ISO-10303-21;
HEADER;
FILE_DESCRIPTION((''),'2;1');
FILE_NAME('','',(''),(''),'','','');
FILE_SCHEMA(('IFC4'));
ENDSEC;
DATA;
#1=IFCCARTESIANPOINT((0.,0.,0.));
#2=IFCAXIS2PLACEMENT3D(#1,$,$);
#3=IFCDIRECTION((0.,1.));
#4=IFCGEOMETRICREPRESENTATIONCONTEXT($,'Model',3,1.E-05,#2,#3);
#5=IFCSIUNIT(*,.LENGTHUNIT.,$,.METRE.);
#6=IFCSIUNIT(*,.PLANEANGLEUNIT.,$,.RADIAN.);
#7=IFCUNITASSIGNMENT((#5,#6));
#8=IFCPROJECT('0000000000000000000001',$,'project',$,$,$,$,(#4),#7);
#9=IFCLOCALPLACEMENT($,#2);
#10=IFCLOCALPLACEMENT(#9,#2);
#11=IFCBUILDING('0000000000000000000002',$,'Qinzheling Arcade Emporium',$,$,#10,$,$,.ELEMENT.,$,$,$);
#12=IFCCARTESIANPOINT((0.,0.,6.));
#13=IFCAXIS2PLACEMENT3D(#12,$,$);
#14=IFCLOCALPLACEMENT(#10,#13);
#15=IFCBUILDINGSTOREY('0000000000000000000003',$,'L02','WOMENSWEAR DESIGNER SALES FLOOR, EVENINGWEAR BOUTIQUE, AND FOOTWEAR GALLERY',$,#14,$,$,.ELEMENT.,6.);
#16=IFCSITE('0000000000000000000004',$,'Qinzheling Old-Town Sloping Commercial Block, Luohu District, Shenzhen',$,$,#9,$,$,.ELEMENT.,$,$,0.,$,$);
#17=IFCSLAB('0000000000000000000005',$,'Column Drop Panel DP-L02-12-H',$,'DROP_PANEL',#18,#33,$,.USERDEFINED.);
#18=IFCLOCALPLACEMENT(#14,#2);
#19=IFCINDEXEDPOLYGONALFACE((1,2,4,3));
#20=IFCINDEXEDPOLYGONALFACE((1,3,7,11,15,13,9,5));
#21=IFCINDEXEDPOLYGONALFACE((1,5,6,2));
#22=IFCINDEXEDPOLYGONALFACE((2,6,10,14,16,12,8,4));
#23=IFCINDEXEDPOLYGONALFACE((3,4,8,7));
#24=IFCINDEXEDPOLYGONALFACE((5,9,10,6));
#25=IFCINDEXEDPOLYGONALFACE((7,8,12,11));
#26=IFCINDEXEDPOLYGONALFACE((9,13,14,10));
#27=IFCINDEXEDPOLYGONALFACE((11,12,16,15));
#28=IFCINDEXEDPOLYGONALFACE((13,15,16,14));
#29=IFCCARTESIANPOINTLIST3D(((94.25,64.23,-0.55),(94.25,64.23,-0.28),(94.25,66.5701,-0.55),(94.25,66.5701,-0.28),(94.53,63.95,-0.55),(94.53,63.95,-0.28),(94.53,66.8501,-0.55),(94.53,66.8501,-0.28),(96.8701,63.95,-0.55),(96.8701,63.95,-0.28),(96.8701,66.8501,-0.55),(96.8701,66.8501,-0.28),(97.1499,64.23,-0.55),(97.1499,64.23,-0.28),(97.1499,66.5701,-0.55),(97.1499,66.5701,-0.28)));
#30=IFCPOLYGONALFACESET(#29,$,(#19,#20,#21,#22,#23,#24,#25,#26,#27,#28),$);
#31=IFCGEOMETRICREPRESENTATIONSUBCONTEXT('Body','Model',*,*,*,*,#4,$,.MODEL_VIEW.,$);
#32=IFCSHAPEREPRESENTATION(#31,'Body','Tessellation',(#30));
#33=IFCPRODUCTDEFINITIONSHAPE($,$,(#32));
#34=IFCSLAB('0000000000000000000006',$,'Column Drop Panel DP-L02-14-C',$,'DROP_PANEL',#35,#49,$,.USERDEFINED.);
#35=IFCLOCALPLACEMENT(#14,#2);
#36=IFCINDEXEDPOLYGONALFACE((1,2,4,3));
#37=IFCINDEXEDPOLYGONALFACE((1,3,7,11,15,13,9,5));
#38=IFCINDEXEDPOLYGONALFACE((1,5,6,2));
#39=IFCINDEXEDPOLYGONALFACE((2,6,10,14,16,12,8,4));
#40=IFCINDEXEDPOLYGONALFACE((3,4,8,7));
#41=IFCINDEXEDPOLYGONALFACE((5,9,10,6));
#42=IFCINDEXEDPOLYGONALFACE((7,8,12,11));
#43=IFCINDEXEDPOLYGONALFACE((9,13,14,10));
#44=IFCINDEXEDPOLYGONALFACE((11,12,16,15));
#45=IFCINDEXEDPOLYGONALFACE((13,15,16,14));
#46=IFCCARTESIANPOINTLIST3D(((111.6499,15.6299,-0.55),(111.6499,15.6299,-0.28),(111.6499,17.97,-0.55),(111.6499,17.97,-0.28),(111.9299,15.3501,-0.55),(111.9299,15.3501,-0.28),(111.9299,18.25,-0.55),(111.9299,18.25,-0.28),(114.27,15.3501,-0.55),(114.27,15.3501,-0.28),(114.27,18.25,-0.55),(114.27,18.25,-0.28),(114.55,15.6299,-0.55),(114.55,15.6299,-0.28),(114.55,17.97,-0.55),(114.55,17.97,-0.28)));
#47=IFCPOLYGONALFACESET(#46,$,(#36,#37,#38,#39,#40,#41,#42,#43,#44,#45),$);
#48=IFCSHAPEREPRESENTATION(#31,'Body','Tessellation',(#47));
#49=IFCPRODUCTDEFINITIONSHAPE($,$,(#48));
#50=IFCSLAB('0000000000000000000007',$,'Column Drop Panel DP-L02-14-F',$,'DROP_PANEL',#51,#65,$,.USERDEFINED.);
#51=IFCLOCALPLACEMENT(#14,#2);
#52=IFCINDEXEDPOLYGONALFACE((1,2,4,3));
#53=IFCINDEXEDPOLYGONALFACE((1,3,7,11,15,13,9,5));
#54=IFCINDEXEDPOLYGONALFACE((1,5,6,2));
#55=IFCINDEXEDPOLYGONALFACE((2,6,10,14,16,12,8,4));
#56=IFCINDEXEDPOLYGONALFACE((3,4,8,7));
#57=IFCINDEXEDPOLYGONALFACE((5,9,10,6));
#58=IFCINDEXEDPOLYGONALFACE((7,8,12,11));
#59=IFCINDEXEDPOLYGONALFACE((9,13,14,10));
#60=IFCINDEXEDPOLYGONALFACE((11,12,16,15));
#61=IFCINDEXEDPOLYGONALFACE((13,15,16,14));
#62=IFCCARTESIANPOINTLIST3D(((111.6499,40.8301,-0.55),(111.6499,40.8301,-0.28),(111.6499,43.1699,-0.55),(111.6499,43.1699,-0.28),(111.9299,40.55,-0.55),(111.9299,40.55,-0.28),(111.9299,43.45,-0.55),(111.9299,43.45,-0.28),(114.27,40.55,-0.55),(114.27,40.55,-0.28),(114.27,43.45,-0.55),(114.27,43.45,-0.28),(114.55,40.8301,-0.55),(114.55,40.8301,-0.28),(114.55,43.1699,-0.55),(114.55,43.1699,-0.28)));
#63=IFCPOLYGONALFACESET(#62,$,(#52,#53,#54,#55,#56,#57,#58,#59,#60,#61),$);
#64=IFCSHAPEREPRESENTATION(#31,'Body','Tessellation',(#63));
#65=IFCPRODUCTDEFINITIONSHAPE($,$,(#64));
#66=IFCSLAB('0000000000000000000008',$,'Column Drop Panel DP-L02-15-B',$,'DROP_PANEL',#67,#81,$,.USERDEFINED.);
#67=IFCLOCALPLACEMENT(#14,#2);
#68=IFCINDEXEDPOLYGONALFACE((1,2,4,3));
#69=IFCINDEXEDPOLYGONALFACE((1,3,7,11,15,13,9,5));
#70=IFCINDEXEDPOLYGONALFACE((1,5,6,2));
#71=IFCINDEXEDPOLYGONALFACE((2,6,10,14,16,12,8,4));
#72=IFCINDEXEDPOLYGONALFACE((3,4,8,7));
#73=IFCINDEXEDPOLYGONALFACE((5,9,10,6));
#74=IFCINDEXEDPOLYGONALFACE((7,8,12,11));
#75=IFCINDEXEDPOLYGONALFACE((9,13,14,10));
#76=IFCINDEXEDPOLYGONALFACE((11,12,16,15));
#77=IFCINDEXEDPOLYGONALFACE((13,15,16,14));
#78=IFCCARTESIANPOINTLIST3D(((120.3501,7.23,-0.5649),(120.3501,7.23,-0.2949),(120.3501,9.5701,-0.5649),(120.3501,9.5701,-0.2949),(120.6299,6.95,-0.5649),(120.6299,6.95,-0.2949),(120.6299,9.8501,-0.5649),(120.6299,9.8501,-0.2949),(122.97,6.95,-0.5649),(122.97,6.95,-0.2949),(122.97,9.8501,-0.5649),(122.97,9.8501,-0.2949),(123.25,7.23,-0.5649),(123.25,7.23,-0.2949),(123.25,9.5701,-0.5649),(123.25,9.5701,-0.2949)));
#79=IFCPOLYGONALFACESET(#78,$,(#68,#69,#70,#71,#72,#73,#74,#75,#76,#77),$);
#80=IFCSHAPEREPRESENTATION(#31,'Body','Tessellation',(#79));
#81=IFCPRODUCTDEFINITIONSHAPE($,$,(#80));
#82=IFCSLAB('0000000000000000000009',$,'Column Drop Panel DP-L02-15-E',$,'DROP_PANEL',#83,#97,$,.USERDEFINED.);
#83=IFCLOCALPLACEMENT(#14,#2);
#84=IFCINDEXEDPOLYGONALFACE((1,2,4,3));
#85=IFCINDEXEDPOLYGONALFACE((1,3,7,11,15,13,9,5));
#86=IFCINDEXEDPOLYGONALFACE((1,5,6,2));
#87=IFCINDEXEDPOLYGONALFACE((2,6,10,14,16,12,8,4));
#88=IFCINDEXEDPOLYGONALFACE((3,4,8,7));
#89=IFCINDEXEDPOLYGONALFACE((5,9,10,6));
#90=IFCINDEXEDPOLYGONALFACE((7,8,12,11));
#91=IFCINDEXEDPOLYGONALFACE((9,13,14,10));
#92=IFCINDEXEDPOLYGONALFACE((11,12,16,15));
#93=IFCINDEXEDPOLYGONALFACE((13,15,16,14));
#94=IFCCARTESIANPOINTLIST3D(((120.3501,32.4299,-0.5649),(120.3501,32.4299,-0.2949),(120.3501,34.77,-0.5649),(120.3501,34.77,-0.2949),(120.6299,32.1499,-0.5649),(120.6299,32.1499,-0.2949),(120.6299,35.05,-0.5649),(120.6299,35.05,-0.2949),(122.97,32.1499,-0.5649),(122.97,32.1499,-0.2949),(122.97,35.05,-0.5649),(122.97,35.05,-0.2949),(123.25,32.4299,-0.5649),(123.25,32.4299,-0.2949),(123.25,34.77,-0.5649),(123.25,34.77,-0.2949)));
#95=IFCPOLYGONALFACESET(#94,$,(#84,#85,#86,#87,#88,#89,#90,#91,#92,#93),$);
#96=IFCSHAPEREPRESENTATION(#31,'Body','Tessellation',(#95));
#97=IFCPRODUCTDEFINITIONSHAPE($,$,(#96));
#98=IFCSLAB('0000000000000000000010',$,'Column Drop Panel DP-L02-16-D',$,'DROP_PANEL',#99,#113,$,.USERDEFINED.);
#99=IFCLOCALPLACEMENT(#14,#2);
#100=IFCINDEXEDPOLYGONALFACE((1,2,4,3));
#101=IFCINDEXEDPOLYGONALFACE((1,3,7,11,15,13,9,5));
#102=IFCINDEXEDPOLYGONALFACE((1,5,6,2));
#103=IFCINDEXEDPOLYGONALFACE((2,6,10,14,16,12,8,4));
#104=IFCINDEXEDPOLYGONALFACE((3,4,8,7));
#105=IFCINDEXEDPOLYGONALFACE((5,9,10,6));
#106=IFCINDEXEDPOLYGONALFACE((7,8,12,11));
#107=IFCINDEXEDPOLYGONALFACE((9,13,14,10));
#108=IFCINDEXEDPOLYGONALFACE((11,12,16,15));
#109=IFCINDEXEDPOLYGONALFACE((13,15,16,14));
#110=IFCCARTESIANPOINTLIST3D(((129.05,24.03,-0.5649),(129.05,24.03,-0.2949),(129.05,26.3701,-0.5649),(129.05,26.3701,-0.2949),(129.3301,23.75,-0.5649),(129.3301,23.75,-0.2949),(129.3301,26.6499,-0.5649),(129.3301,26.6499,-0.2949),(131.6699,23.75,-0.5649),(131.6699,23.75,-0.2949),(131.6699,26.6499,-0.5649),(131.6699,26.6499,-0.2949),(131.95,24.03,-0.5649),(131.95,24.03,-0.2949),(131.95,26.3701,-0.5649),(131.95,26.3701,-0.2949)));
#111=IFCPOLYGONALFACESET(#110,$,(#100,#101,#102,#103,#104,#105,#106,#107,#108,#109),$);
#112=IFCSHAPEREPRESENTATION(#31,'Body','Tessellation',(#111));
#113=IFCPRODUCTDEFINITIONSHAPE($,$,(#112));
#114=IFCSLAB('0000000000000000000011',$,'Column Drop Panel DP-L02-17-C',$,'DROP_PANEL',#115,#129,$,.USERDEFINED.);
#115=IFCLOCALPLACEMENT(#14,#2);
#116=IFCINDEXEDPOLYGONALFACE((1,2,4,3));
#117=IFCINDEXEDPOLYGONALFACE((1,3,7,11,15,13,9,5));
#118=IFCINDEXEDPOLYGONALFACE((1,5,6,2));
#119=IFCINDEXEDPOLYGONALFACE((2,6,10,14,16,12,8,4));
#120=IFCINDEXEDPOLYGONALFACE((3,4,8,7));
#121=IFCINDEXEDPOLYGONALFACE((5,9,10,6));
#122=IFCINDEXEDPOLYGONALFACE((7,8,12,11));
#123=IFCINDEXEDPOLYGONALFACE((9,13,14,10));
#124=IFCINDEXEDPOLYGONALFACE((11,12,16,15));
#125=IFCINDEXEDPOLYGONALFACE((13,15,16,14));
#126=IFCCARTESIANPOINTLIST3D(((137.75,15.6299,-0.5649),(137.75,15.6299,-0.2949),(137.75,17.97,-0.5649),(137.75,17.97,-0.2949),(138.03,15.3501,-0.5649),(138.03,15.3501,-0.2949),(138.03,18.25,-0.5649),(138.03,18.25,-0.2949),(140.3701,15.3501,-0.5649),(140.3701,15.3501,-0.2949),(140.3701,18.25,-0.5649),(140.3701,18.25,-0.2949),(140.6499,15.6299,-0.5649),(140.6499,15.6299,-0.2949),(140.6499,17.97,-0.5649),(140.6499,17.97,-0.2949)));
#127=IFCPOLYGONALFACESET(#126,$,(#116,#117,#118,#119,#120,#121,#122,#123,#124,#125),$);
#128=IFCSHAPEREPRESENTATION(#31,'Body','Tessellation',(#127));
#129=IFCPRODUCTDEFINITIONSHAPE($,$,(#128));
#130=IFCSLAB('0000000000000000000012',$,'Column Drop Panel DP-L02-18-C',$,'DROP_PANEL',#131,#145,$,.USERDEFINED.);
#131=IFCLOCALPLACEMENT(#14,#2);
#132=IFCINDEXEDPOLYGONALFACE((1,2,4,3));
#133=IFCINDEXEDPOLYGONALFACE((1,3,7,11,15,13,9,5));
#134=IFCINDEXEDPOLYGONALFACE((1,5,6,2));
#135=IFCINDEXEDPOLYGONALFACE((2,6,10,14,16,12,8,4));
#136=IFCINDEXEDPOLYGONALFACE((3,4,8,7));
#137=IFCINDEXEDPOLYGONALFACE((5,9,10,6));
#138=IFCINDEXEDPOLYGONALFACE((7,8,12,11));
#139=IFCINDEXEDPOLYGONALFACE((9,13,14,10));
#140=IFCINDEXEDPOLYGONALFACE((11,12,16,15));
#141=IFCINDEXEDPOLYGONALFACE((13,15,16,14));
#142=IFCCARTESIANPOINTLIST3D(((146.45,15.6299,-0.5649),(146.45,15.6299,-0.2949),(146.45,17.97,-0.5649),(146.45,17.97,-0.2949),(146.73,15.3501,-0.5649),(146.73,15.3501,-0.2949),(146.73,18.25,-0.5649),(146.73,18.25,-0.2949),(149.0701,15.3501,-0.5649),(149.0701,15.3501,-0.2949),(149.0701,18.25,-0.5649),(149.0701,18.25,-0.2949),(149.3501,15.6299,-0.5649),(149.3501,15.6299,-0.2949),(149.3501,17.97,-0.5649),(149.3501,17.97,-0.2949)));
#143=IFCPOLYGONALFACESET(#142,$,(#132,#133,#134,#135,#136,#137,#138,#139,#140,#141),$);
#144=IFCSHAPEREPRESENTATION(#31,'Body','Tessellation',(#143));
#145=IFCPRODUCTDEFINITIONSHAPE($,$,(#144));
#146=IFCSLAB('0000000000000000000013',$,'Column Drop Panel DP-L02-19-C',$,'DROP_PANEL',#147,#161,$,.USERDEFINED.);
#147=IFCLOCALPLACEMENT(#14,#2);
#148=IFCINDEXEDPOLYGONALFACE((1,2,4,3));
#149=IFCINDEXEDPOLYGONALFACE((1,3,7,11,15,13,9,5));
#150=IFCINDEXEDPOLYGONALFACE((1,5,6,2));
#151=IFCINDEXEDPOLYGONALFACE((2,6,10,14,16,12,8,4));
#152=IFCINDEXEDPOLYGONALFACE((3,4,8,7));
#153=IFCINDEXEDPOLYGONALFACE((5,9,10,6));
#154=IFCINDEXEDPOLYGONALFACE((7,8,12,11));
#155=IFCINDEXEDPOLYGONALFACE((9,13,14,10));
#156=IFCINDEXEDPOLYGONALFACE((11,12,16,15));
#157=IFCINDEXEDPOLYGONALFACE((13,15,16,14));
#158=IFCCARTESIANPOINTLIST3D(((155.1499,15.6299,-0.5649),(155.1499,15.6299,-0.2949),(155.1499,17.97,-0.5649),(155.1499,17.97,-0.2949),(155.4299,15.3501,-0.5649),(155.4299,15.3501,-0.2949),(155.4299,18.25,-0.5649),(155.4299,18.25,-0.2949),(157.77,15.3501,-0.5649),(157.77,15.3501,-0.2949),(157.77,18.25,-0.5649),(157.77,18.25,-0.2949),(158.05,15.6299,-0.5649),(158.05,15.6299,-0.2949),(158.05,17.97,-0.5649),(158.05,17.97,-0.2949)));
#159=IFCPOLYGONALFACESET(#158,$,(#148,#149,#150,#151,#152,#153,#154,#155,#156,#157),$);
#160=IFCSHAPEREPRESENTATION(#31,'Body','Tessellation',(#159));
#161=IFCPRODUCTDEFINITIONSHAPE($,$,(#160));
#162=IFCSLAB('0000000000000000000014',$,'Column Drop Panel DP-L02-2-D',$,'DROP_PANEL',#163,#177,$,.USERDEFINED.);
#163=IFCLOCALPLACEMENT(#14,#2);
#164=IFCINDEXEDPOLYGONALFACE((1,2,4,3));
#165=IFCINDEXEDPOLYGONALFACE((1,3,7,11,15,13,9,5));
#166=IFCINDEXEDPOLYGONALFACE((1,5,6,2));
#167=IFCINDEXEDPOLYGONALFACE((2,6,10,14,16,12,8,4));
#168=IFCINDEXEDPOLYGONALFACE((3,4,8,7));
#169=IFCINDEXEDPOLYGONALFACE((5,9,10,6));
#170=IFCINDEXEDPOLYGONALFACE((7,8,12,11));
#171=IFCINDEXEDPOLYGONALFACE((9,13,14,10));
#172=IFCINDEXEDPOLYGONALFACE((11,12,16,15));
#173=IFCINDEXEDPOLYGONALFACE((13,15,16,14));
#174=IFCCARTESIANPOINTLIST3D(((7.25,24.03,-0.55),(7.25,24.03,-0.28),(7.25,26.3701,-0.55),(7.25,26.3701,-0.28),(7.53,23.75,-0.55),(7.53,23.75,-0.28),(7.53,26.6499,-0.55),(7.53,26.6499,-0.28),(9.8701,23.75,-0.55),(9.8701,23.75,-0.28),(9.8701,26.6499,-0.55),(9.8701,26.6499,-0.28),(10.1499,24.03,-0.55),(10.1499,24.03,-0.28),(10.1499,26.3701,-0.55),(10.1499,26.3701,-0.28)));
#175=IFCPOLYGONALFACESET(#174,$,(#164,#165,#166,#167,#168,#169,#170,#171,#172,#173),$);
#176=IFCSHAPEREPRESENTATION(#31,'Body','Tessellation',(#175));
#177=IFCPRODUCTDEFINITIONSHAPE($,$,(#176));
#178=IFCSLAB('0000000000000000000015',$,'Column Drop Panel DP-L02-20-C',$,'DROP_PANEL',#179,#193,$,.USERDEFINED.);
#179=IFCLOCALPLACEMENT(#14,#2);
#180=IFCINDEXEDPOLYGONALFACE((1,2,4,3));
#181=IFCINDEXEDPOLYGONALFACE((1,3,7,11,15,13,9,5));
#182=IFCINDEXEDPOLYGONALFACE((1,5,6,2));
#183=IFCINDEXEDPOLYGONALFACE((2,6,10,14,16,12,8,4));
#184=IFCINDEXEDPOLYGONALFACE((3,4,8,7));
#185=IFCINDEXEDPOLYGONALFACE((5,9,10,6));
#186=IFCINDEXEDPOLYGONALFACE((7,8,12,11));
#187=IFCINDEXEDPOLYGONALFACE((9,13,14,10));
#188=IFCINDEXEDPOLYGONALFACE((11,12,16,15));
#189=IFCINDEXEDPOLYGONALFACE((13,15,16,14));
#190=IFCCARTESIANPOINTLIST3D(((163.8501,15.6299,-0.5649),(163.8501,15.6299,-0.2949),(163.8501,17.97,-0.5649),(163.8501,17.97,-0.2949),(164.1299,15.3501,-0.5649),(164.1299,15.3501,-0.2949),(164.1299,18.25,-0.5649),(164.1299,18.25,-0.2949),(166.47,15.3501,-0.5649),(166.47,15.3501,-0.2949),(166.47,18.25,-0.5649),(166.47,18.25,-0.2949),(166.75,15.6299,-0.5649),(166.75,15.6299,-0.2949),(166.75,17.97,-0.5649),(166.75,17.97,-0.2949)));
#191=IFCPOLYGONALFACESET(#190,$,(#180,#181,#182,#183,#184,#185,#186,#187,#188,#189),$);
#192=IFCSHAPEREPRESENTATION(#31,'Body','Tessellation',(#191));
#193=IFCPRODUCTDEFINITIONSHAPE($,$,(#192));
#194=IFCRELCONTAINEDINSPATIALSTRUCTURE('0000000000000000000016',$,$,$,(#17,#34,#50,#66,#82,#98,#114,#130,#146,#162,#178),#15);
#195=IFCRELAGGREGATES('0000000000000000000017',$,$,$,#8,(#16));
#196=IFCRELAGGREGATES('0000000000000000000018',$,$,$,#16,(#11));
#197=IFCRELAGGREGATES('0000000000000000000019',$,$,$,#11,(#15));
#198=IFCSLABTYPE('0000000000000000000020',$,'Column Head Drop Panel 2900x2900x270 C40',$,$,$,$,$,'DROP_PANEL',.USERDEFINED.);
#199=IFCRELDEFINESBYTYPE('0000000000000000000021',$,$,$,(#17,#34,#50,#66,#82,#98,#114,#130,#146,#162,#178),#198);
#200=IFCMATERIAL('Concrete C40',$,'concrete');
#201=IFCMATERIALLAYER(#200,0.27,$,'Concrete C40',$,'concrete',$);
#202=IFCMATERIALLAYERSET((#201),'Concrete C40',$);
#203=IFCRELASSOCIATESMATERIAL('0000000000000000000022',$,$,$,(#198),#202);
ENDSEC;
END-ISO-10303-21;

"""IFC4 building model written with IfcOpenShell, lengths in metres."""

from ifc_helpers import new_model, si_unit, direction, frame, origin, place, context, subcontext, project, spatial, polyline, outline, extrude, material, layer, layer_set, type_object, element, save


model = new_model("IFC4")

# Units and contexts
model_context = context("Model", 3, precision=1e-05, world=origin(), true_north=direction((0.0, 1.0)))
body_context = subcontext(model_context, "Body", "Model", "MODEL_VIEW")
ifc_project = project(units=[si_unit("LENGTHUNIT", "METRE"), si_unit("PLANEANGLEUNIT", "RADIAN")], contexts=[model_context])

# Site, building, storey
site_placement = place(None, origin())
site = spatial("IfcSite", under=ifc_project, at=site_placement, Name="Qinzheling Old-Town Sloping Commercial Block, Luohu District, Shenzhen", CompositionType="ELEMENT", RefElevation=0.0)
building_placement = place(site_placement, origin())
building = spatial("IfcBuilding", under=site, at=building_placement, Name="Qinzheling Arcade Emporium", CompositionType="ELEMENT")
storey_placement = place(building_placement, frame((0.0, 0.0, 6.0)))
storey = spatial("IfcBuildingStorey", under=building, at=storey_placement, Name="L02", Description="WOMENSWEAR DESIGNER SALES FLOOR, EVENINGWEAR BOUTIQUE, AND FOOTWEAR GALLERY", CompositionType="ELEMENT", Elevation=6.0)

# Slabs
ifc_material = material(Name="Concrete C40", Category="concrete")
ifc_layer_1 = layer(ifc_material, 0.27, Name="Concrete C40", Category="concrete")
ifc_layer_set_1 = layer_set([ifc_layer_1], Name="Concrete C40")
slab_type_1 = type_object("IfcSlabType", Name="Column Head Drop Panel 2900x2900x270 C40", ElementType="DROP_PANEL", PredefinedType="USERDEFINED", material=ifc_layer_set_1)
slab_1_placement = place(storey_placement, frame((0.0, 0.0, -0.55)))
element("IfcSlab", 1, at=slab_1_placement, inside=storey, type_object=slab_type_1, Name="Column Drop Panel DP-L02-12-H", ObjectType="DROP_PANEL", PredefinedType="USERDEFINED", context=body_context, shape_type="SweptSolid", body=[
    extrude(outline(polyline([(94.53, 63.95), (96.8701, 63.95), (97.1499, 64.23), (97.1499, 66.5701), (96.8701, 66.8501), (94.53, 66.8501), (94.25, 66.5701), (94.25, 64.23), (94.53, 63.95)])), origin(), (0.0, 0.0, 1.0), 0.27),
])
slab_2_placement = place(storey_placement, frame((0.0, 0.0, -0.55)))
element("IfcSlab", 2, at=slab_2_placement, inside=storey, type_object=slab_type_1, Name="Column Drop Panel DP-L02-14-C", ObjectType="DROP_PANEL", PredefinedType="USERDEFINED", context=body_context, shape_type="SweptSolid", body=[
    extrude(outline(polyline([(111.9299, 15.3501), (114.27, 15.3501), (114.55, 15.6299), (114.55, 17.97), (114.27, 18.25), (111.9299, 18.25), (111.6499, 17.97), (111.6499, 15.6299), (111.9299, 15.3501)])), origin(), (0.0, 0.0, 1.0), 0.27),
])
slab_3_placement = place(storey_placement, frame((0.0, 0.0, -0.55)))
element("IfcSlab", 3, at=slab_3_placement, inside=storey, type_object=slab_type_1, Name="Column Drop Panel DP-L02-14-F", ObjectType="DROP_PANEL", PredefinedType="USERDEFINED", context=body_context, shape_type="SweptSolid", body=[
    extrude(outline(polyline([(111.9299, 40.55), (114.27, 40.55), (114.55, 40.8301), (114.55, 43.1699), (114.27, 43.45), (111.9299, 43.45), (111.6499, 43.1699), (111.6499, 40.8301), (111.9299, 40.55)])), origin(), (0.0, 0.0, 1.0), 0.27),
])
slab_4_placement = place(storey_placement, frame((0.0, 0.0, -0.5649)))
element("IfcSlab", 4, at=slab_4_placement, inside=storey, type_object=slab_type_1, Name="Column Drop Panel DP-L02-15-B", ObjectType="DROP_PANEL", PredefinedType="USERDEFINED", context=body_context, shape_type="SweptSolid", body=[
    extrude(outline(polyline([(120.6299, 6.95), (122.97, 6.95), (123.25, 7.23), (123.25, 9.5701), (122.97, 9.8501), (120.6299, 9.8501), (120.3501, 9.5701), (120.3501, 7.23), (120.6299, 6.95)])), origin(), (0.0, 0.0, 1.0), 0.27),
])
slab_5_placement = place(storey_placement, frame((0.0, 0.0, -0.5649)))
element("IfcSlab", 5, at=slab_5_placement, inside=storey, type_object=slab_type_1, Name="Column Drop Panel DP-L02-15-E", ObjectType="DROP_PANEL", PredefinedType="USERDEFINED", context=body_context, shape_type="SweptSolid", body=[
    extrude(outline(polyline([(120.6299, 32.1499), (122.97, 32.1499), (123.25, 32.4299), (123.25, 34.77), (122.97, 35.05), (120.6299, 35.05), (120.3501, 34.77), (120.3501, 32.4299), (120.6299, 32.1499)])), origin(), (0.0, 0.0, 1.0), 0.27),
])
slab_6_placement = place(storey_placement, frame((0.0, 0.0, -0.5649)))
element("IfcSlab", 6, at=slab_6_placement, inside=storey, type_object=slab_type_1, Name="Column Drop Panel DP-L02-16-D", ObjectType="DROP_PANEL", PredefinedType="USERDEFINED", context=body_context, shape_type="SweptSolid", body=[
    extrude(outline(polyline([(129.3301, 23.75), (131.6699, 23.75), (131.95, 24.03), (131.95, 26.3701), (131.6699, 26.6499), (129.3301, 26.6499), (129.05, 26.3701), (129.05, 24.03), (129.3301, 23.75)])), origin(), (0.0, 0.0, 1.0), 0.27),
])
slab_7_placement = place(storey_placement, frame((0.0, 0.0, -0.5649)))
element("IfcSlab", 7, at=slab_7_placement, inside=storey, type_object=slab_type_1, Name="Column Drop Panel DP-L02-17-C", ObjectType="DROP_PANEL", PredefinedType="USERDEFINED", context=body_context, shape_type="SweptSolid", body=[
    extrude(outline(polyline([(138.03, 15.3501), (140.3701, 15.3501), (140.6499, 15.6299), (140.6499, 17.97), (140.3701, 18.25), (138.03, 18.25), (137.75, 17.97), (137.75, 15.6299), (138.03, 15.3501)])), origin(), (0.0, 0.0, 1.0), 0.27),
])
slab_8_placement = place(storey_placement, frame((0.0, 0.0, -0.5649)))
element("IfcSlab", 8, at=slab_8_placement, inside=storey, type_object=slab_type_1, Name="Column Drop Panel DP-L02-18-C", ObjectType="DROP_PANEL", PredefinedType="USERDEFINED", context=body_context, shape_type="SweptSolid", body=[
    extrude(outline(polyline([(146.73, 15.3501), (149.0701, 15.3501), (149.3501, 15.6299), (149.3501, 17.97), (149.0701, 18.25), (146.73, 18.25), (146.45, 17.97), (146.45, 15.6299), (146.73, 15.3501)])), origin(), (0.0, 0.0, 1.0), 0.27),
])
slab_9_placement = place(storey_placement, frame((0.0, 0.0, -0.5649)))
element("IfcSlab", 9, at=slab_9_placement, inside=storey, type_object=slab_type_1, Name="Column Drop Panel DP-L02-19-C", ObjectType="DROP_PANEL", PredefinedType="USERDEFINED", context=body_context, shape_type="SweptSolid", body=[
    extrude(outline(polyline([(155.4299, 15.3501), (157.77, 15.3501), (158.05, 15.6299), (158.05, 17.97), (157.77, 18.25), (155.4299, 18.25), (155.1499, 17.97), (155.1499, 15.6299), (155.4299, 15.3501)])), origin(), (0.0, 0.0, 1.0), 0.27),
])
slab_10_placement = place(storey_placement, frame((0.0, 0.0, -0.55)))
element("IfcSlab", 10, at=slab_10_placement, inside=storey, type_object=slab_type_1, Name="Column Drop Panel DP-L02-2-D", ObjectType="DROP_PANEL", PredefinedType="USERDEFINED", context=body_context, shape_type="SweptSolid", body=[
    extrude(outline(polyline([(7.53, 23.75), (9.8701, 23.75), (10.1499, 24.03), (10.1499, 26.3701), (9.8701, 26.6499), (7.53, 26.6499), (7.25, 26.3701), (7.25, 24.03), (7.53, 23.75)])), origin(), (0.0, 0.0, 1.0), 0.27),
])
slab_11_placement = place(storey_placement, frame((0.0, 0.0, -0.5649)))
element("IfcSlab", 11, at=slab_11_placement, inside=storey, type_object=slab_type_1, Name="Column Drop Panel DP-L02-20-C", ObjectType="DROP_PANEL", PredefinedType="USERDEFINED", context=body_context, shape_type="SweptSolid", body=[
    extrude(outline(polyline([(164.1299, 15.3501), (166.47, 15.3501), (166.75, 15.6299), (166.75, 17.97), (166.47, 18.25), (164.1299, 18.25), (163.8501, 17.97), (163.8501, 15.6299), (164.1299, 15.3501)])), origin(), (0.0, 0.0, 1.0), 0.27),
])

save(model, "model.ifc")
